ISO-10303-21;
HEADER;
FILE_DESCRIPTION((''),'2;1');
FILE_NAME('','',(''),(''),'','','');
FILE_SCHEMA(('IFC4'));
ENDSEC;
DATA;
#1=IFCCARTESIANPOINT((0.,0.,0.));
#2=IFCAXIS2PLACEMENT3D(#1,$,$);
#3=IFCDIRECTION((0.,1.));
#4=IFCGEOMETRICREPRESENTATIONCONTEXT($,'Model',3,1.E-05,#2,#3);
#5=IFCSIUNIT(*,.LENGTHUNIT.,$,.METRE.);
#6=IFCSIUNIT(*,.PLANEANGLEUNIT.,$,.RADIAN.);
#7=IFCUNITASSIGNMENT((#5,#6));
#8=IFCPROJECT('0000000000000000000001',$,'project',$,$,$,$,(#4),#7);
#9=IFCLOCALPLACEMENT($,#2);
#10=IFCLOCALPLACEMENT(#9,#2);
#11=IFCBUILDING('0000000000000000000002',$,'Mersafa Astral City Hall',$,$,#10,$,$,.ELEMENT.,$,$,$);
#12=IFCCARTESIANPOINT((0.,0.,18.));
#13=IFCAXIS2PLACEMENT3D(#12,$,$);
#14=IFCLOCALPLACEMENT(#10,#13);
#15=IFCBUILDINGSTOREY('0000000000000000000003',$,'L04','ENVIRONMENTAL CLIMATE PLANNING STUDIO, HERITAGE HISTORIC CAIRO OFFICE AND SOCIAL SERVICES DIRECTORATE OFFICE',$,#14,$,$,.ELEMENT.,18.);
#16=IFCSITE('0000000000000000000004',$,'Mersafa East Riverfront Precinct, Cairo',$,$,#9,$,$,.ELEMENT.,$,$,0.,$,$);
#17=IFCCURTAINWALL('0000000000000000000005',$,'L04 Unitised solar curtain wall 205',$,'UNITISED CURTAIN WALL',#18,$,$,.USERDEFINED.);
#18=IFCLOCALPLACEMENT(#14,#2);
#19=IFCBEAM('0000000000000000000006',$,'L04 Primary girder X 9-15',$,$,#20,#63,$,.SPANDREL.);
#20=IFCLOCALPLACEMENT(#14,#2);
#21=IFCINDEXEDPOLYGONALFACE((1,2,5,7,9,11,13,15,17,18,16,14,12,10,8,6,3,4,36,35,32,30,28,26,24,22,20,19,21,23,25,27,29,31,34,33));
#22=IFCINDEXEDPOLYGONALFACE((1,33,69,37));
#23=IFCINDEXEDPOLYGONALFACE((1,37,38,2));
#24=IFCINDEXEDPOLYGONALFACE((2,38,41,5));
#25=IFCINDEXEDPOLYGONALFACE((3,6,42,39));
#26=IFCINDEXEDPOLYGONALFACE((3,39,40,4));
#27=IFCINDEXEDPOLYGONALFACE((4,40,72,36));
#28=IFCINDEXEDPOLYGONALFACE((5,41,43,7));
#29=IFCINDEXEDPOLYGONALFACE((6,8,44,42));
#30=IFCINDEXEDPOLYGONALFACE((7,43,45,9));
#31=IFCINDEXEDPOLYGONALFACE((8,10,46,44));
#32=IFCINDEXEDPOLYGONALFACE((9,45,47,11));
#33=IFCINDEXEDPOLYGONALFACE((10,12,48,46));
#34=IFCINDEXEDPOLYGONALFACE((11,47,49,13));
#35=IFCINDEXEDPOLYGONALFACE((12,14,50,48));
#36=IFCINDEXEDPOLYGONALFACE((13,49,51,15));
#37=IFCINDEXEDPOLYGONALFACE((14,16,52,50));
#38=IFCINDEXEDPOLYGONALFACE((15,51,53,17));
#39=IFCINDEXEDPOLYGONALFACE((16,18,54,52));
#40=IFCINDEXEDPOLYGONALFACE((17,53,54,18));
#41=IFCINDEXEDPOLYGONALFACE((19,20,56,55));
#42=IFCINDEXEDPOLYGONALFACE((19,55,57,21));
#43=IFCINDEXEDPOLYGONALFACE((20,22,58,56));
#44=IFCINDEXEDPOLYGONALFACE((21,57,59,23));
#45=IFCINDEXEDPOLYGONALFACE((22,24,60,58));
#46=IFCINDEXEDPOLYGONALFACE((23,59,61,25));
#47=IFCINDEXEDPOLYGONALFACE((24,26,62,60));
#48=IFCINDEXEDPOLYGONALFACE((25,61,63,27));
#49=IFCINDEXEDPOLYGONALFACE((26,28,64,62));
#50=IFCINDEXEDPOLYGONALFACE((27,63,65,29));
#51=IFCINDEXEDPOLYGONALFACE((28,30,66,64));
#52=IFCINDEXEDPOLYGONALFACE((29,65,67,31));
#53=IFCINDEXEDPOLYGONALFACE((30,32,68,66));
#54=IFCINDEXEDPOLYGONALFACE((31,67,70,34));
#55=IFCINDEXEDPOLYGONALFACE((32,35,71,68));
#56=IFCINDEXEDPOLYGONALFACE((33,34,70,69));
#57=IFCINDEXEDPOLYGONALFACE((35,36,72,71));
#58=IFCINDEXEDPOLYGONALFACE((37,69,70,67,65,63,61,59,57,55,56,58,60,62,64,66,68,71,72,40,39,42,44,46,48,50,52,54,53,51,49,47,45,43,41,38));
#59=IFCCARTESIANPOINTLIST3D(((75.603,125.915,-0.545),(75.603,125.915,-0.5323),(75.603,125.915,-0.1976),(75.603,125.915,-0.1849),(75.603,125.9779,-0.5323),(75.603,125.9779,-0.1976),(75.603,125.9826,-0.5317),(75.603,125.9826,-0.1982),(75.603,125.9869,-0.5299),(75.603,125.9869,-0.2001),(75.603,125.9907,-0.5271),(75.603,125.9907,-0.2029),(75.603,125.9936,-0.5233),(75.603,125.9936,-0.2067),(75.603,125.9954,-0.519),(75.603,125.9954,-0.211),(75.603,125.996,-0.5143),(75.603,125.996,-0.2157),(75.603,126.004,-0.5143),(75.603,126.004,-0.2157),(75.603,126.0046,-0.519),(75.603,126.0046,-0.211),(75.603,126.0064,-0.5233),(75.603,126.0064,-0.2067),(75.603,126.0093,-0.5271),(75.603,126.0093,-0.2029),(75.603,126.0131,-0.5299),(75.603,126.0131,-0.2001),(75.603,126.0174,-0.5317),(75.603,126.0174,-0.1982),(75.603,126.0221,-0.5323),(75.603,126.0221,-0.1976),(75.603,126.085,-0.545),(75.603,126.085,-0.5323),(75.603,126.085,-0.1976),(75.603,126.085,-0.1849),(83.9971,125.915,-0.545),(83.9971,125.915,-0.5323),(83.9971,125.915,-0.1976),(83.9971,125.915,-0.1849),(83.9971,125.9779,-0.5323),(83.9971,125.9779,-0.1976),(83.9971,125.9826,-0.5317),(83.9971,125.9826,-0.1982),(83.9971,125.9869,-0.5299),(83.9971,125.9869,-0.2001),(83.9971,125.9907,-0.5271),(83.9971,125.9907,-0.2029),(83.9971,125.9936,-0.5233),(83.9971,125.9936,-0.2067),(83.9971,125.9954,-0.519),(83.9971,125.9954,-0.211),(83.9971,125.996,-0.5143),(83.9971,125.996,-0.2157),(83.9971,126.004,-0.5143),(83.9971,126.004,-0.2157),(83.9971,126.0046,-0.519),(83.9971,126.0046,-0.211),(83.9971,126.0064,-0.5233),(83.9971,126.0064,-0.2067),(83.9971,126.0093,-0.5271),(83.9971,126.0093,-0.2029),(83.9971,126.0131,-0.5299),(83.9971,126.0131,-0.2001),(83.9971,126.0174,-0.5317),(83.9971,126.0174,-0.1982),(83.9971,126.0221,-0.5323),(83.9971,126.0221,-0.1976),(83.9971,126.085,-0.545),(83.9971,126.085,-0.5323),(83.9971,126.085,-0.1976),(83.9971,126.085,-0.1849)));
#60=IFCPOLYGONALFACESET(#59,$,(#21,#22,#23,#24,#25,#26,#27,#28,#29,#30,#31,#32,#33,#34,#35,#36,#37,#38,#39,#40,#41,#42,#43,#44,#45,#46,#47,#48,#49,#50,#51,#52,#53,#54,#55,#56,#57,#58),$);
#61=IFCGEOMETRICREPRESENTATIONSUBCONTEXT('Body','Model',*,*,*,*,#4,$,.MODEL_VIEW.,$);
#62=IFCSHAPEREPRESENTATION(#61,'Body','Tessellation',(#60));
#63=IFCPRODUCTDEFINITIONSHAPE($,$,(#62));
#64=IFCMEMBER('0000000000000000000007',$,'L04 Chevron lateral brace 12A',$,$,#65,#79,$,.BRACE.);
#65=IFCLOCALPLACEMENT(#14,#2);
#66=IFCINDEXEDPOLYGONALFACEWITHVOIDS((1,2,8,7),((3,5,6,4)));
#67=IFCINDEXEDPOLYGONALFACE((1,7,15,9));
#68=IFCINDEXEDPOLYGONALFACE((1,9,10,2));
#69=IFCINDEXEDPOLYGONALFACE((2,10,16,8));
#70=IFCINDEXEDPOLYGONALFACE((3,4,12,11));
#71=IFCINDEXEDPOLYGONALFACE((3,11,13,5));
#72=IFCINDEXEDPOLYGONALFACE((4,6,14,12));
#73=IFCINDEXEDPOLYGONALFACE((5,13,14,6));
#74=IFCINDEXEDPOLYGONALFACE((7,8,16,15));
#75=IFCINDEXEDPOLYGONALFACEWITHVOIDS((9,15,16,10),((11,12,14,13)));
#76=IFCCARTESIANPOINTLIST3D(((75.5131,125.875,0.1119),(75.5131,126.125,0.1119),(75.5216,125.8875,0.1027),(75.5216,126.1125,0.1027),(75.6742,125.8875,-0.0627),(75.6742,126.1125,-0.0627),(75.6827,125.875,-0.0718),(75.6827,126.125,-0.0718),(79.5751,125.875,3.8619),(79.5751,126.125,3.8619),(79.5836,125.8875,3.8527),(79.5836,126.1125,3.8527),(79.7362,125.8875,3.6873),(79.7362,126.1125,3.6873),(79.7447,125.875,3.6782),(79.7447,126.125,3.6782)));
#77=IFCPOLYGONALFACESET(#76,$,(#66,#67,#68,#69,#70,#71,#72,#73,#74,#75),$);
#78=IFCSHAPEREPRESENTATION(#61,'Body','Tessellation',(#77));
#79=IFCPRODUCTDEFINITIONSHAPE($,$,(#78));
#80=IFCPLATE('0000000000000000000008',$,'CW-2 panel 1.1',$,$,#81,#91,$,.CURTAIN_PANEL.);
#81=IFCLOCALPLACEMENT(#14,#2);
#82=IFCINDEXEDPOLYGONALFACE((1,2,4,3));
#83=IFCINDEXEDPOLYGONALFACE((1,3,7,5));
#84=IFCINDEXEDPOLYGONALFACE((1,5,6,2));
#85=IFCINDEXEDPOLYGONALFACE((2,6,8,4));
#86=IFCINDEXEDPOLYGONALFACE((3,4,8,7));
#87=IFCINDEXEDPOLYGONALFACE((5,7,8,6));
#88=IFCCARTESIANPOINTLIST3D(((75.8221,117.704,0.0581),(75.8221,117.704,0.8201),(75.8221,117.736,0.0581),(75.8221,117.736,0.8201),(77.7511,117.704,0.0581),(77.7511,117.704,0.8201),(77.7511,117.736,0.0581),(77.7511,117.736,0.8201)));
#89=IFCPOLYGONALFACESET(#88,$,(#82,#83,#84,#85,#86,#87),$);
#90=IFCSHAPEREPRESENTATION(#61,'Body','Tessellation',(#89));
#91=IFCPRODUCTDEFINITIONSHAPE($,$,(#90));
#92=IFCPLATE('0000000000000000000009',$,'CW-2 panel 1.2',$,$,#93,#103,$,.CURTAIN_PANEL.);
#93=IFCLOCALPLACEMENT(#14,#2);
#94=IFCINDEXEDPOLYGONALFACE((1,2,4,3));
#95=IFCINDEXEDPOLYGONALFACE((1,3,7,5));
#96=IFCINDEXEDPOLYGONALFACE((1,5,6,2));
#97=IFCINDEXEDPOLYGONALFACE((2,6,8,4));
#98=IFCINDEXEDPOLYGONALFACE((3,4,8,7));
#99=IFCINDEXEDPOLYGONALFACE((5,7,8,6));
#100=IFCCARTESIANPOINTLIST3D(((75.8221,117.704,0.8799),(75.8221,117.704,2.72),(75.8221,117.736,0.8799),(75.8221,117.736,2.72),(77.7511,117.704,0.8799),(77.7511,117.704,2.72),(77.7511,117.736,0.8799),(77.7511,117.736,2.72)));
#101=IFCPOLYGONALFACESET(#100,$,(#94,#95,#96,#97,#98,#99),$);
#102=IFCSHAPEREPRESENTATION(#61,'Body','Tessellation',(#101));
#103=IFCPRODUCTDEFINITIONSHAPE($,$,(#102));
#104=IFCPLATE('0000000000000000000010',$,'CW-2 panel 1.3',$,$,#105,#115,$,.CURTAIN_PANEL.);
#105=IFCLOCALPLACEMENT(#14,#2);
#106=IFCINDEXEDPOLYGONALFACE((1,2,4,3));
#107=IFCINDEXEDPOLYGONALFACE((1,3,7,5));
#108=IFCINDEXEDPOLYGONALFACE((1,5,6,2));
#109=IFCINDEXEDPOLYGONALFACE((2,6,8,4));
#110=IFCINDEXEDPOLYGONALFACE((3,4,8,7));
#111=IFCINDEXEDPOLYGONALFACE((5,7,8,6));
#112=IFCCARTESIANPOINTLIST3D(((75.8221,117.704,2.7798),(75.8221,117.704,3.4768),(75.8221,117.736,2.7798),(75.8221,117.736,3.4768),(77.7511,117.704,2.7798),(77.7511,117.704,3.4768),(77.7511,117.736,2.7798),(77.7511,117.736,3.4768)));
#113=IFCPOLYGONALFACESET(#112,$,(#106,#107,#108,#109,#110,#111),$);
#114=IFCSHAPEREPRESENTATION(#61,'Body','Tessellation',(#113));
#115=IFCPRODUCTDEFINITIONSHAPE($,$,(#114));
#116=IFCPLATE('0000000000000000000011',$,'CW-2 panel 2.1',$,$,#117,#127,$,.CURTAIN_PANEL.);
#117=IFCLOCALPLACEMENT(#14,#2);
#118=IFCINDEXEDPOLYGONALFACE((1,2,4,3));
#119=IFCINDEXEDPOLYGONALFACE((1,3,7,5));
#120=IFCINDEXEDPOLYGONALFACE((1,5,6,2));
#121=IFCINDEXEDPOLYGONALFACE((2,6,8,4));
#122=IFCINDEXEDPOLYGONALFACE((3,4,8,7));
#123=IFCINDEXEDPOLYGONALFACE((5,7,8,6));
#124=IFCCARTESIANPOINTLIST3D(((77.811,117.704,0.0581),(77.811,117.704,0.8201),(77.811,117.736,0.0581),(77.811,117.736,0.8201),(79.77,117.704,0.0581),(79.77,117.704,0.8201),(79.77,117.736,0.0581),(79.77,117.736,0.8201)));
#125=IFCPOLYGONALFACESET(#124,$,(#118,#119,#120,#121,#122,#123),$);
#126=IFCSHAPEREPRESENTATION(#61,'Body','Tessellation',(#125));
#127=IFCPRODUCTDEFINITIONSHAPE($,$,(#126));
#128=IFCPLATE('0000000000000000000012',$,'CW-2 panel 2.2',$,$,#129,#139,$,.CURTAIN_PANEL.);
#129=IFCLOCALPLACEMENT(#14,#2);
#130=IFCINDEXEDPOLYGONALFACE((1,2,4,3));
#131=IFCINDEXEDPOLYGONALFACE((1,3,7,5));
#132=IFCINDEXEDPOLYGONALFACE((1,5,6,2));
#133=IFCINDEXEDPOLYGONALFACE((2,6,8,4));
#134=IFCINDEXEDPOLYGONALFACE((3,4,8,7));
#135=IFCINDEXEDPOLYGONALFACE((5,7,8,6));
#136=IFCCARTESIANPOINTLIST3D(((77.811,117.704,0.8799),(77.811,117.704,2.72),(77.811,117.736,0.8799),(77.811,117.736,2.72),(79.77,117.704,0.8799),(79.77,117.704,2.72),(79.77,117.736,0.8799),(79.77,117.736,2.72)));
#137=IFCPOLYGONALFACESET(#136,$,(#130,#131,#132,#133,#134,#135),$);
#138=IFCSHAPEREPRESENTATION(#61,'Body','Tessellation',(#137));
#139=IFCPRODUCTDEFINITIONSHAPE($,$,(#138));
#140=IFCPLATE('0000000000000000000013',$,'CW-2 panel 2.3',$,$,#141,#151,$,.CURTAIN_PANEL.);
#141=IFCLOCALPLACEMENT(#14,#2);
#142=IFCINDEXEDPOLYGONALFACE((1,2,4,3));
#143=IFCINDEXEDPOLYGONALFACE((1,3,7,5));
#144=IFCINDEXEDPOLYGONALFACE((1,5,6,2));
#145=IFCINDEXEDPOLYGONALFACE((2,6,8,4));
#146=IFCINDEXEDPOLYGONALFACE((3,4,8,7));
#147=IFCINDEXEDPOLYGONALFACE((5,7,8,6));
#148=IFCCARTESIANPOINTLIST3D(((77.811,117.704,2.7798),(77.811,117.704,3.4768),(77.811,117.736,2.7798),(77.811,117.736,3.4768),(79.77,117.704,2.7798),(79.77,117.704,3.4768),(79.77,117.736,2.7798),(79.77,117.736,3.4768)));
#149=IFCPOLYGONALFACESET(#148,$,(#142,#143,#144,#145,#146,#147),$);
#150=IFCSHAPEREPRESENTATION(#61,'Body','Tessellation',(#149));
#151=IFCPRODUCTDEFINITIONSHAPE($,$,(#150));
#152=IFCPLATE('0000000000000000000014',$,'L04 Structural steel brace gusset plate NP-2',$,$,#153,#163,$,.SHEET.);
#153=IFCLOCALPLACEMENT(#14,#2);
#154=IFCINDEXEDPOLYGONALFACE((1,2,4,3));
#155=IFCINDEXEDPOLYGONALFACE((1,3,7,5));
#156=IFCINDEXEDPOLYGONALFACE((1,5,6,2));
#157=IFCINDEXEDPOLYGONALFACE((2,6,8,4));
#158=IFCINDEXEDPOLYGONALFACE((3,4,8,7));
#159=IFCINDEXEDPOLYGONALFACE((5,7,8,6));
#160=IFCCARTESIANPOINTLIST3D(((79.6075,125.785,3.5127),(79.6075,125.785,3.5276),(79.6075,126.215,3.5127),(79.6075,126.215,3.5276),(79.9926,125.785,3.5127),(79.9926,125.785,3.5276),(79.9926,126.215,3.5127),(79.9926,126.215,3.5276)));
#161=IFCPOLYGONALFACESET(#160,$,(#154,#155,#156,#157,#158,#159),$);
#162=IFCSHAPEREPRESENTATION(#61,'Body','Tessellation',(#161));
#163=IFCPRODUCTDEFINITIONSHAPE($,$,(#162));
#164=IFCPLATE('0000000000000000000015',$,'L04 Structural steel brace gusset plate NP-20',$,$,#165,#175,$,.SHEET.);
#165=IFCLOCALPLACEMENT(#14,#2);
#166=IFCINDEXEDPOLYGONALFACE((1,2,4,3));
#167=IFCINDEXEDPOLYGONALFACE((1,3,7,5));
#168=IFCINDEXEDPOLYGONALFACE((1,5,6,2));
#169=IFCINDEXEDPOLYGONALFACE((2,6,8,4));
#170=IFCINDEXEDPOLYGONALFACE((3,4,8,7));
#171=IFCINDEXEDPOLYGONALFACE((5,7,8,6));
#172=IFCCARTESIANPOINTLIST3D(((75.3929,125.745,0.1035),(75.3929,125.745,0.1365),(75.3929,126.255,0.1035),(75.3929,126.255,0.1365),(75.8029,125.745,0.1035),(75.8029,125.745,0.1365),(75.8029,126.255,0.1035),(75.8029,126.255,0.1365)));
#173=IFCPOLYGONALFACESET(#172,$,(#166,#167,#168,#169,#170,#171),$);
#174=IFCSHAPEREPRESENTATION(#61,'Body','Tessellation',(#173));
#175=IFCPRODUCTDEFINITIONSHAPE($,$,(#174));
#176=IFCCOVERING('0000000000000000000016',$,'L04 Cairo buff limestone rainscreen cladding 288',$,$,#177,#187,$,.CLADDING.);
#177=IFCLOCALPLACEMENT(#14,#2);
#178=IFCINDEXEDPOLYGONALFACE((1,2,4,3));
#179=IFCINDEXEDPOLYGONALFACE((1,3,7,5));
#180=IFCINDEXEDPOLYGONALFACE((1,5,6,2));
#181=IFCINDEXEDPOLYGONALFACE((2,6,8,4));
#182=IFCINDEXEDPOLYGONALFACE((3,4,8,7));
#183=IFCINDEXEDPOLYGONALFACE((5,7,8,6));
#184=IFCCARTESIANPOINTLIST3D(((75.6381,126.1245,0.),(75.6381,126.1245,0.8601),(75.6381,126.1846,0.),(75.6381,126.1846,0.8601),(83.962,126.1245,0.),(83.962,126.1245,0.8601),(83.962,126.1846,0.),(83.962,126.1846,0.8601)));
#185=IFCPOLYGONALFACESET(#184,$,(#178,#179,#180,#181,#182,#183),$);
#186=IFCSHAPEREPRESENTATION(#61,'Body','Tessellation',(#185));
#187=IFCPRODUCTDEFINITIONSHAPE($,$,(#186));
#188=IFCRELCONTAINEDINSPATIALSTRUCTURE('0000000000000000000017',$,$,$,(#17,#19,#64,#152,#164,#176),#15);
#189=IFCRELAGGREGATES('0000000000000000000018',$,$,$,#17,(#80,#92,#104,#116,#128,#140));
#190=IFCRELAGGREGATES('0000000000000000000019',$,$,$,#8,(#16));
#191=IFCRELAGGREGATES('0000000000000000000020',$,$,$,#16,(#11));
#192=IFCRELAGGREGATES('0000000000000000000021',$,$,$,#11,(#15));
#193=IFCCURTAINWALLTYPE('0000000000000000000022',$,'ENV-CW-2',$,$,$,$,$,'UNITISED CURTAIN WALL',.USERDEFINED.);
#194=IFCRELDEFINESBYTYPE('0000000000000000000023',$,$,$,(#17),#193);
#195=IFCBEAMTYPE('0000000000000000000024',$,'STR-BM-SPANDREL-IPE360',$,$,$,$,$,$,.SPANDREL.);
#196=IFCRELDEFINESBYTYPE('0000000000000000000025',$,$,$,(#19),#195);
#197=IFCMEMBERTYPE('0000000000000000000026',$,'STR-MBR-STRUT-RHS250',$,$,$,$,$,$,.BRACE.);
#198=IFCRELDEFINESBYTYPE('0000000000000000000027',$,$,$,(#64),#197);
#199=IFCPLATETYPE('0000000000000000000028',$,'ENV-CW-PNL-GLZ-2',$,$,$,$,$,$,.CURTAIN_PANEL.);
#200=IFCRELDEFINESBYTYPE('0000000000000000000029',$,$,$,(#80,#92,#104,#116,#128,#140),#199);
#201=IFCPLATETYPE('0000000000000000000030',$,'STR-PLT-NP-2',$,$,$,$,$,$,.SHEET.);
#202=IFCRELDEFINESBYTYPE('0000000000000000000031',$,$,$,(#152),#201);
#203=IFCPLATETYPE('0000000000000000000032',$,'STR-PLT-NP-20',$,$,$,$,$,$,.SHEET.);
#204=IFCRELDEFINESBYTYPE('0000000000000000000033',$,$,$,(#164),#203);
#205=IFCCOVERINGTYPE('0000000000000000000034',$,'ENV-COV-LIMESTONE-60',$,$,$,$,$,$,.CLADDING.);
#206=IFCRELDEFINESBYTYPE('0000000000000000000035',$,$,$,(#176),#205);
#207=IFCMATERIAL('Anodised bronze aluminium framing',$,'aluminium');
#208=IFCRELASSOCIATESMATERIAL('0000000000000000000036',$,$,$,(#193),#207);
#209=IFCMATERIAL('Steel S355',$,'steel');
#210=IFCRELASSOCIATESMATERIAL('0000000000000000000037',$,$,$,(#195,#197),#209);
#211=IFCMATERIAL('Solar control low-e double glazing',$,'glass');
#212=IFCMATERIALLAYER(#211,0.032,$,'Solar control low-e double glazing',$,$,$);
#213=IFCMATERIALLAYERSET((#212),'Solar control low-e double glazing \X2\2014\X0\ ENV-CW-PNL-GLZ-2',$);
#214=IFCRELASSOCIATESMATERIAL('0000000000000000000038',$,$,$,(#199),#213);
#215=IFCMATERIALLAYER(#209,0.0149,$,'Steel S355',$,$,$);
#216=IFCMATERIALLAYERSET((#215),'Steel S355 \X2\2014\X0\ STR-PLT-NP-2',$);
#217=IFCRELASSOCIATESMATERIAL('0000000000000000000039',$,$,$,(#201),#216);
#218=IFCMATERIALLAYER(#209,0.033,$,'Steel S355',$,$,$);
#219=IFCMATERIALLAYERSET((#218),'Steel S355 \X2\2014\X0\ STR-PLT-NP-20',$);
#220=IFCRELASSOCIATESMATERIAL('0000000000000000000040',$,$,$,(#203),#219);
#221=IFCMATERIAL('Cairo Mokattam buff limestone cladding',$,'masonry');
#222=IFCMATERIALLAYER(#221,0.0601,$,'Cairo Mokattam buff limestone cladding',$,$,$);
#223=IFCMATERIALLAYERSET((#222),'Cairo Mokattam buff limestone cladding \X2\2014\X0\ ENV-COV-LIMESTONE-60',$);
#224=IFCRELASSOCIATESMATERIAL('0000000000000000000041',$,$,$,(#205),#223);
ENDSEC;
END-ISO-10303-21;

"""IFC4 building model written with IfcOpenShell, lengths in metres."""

from ifc_helpers import new_model, si_unit, direction, frame, origin, origin_2d, place, context, subcontext, project, spatial, rectangle, hollow_rectangle, i_section, extrude, material, layer, layer_set, material_profile, profile_set, type_object, element, aggregate, save


model = new_model("IFC4")

# Units and contexts
model_context = context("Model", 3, precision=1e-05, world=origin(), true_north=direction((0.0, 1.0)))
body_context = subcontext(model_context, "Body", "Model", "MODEL_VIEW")
ifc_project = project(units=[si_unit("LENGTHUNIT", "METRE"), si_unit("PLANEANGLEUNIT", "RADIAN")], contexts=[model_context])

# Site, building, storey
site_placement = place(None, origin())
site = spatial("IfcSite", under=ifc_project, at=site_placement, Name="Mersafa East Riverfront Precinct, Cairo", CompositionType="ELEMENT", RefElevation=0.0)
building_placement = place(site_placement, origin())
building = spatial("IfcBuilding", under=site, at=building_placement, Name="Mersafa Astral City Hall", CompositionType="ELEMENT")
storey_placement = place(building_placement, frame((0.0, 0.0, 18.0)))
storey = spatial("IfcBuildingStorey", under=building, at=storey_placement, Name="L04", Description="ENVIRONMENTAL CLIMATE PLANNING STUDIO, HERITAGE HISTORIC CAIRO OFFICE AND SOCIAL SERVICES DIRECTORATE OFFICE", CompositionType="ELEMENT", Elevation=18.0)

# Shared definitions
ifc_material_1 = material(Name="Steel S355", Category="steel")

# Curtain wall
ifc_material_2 = material(Name="Anodised bronze aluminium framing", Category="aluminium")
curtain_wall_type = type_object("IfcCurtainWallType", Name="ENV-CW-2", ElementType="UNITISED CURTAIN WALL", PredefinedType="USERDEFINED", material=ifc_material_2)
curtain_wall_placement = place(storey_placement, origin())
curtain_wall = element("IfcCurtainWall", 1, at=curtain_wall_placement, inside=storey, type_object=curtain_wall_type, Name="L04 Unitised solar curtain wall 205", ObjectType="UNITISED CURTAIN WALL", PredefinedType="USERDEFINED")

# Beam
ifc_material_profile_1 = material_profile(ifc_material_1, i_section(OverallWidth=0.1699, OverallDepth=0.3601, WebThickness=0.0081, FlangeThickness=0.0127, FilletRadius=0.0181, at=origin_2d()), Name="IPE 360")
ifc_profile_set_1 = profile_set([ifc_material_profile_1], Name="Steel S355")
beam_type_1 = type_object("IfcBeamType", Name="STR-BM-SPANDREL-IPE360", PredefinedType="SPANDREL", material=ifc_profile_set_1)
beam_1_placement = place(storey_placement, frame((75.603, 126.0, -0.365), z_axis=(1.0, 0.0, 0.0), x_axis=(0.0, 1.0, 0.0)))
element("IfcBeam", 2, at=beam_1_placement, inside=storey, type_object=beam_type_1, Name="L04 Primary girder X 9-15", PredefinedType="SPANDREL", context=body_context, shape_type="SweptSolid", body=[
    extrude(i_section(OverallWidth=0.1699, OverallDepth=0.3601, WebThickness=0.0081, FlangeThickness=0.0127, FilletRadius=0.0181, at=origin_2d()), origin(), (0.0, 0.0, 1.0), 8.394),
])

# Member
ifc_material_profile_2 = material_profile(ifc_material_1, hollow_rectangle(XDim=0.25, YDim=0.25, WallThickness=0.0125, at=origin_2d()), Name="RHS 250x250x12.5")
ifc_profile_set_2 = profile_set([ifc_material_profile_2], Name="Steel S355")
member_type_1 = type_object("IfcMemberType", Name="STR-MBR-STRUT-RHS250", PredefinedType="BRACE", material=ifc_profile_set_2)
member_1_placement = place(storey_placement, frame((75.5979, 126.0, 0.02), z_axis=(0.734763, 0.0, 0.678324), x_axis=(0.0, 1.0, 0.0)))
element("IfcMember", 3, at=member_1_placement, inside=storey, type_object=member_type_1, Name="L04 Chevron lateral brace 12A", PredefinedType="BRACE", context=body_context, shape_type="SweptSolid", body=[
    extrude(hollow_rectangle(XDim=0.25, YDim=0.25, WallThickness=0.0125, at=origin_2d()), origin(), (0.0, 0.0, 1.0), 5.5283),
])

# Plates
ifc_material_3 = material(Name="Solar control low-e double glazing", Category="glass")
ifc_layer_1 = layer(ifc_material_3, 0.032, Name="Solar control low-e double glazing")
ifc_layer_set_1 = layer_set([ifc_layer_1], Name="Solar control low-e double glazing — ENV-CW-PNL-GLZ-2")
plate_type_1 = type_object("IfcPlateType", Name="ENV-CW-PNL-GLZ-2", PredefinedType="CURTAIN_PANEL", material=ifc_layer_set_1)
plate_1_placement = place(storey_placement, frame((76.7866, 117.72, 0.0581), z_axis=(0.0, 0.0, 1.0), x_axis=(1.0, 0.0, 0.0)))
plate_1 = element("IfcPlate", 4, at=plate_1_placement, type_object=plate_type_1, Name="CW-2 panel 1.1", PredefinedType="CURTAIN_PANEL", context=body_context, shape_type="SweptSolid", body=[
    extrude(rectangle(XDim=1.929, YDim=0.032, at=origin_2d()), origin(), (0.0, 0.0, 1.0), 0.762),
])
plate_2_placement = place(storey_placement, frame((76.7866, 117.72, 0.8799), z_axis=(0.0, 0.0, 1.0), x_axis=(1.0, 0.0, 0.0)))
plate_2 = element("IfcPlate", 5, at=plate_2_placement, type_object=plate_type_1, Name="CW-2 panel 1.2", PredefinedType="CURTAIN_PANEL", context=body_context, shape_type="SweptSolid", body=[
    extrude(rectangle(XDim=1.929, YDim=0.032, at=origin_2d()), origin(), (0.0, 0.0, 1.0), 1.8401),
])
plate_3_placement = place(storey_placement, frame((76.7866, 117.72, 2.7798), z_axis=(0.0, 0.0, 1.0), x_axis=(1.0, 0.0, 0.0)))
plate_3 = element("IfcPlate", 6, at=plate_3_placement, type_object=plate_type_1, Name="CW-2 panel 1.3", PredefinedType="CURTAIN_PANEL", context=body_context, shape_type="SweptSolid", body=[
    extrude(rectangle(XDim=1.929, YDim=0.032, at=origin_2d()), origin(), (0.0, 0.0, 1.0), 0.697),
])
plate_4_placement = place(storey_placement, frame((78.7905, 117.72, 0.0581), z_axis=(0.0, 0.0, 1.0), x_axis=(1.0, 0.0, 0.0)))
plate_4 = element("IfcPlate", 7, at=plate_4_placement, type_object=plate_type_1, Name="CW-2 panel 2.1", PredefinedType="CURTAIN_PANEL", context=body_context, shape_type="SweptSolid", body=[
    extrude(rectangle(XDim=1.959, YDim=0.032, at=origin_2d()), origin(), (0.0, 0.0, 1.0), 0.762),
])
plate_5_placement = place(storey_placement, frame((78.7905, 117.72, 0.8799), z_axis=(0.0, 0.0, 1.0), x_axis=(1.0, 0.0, 0.0)))
plate_5 = element("IfcPlate", 8, at=plate_5_placement, type_object=plate_type_1, Name="CW-2 panel 2.2", PredefinedType="CURTAIN_PANEL", context=body_context, shape_type="SweptSolid", body=[
    extrude(rectangle(XDim=1.959, YDim=0.032, at=origin_2d()), origin(), (0.0, 0.0, 1.0), 1.8401),
])
plate_6_placement = place(storey_placement, frame((78.7905, 117.72, 2.7798), z_axis=(0.0, 0.0, 1.0), x_axis=(1.0, 0.0, 0.0)))
plate_6 = element("IfcPlate", 9, at=plate_6_placement, type_object=plate_type_1, Name="CW-2 panel 2.3", PredefinedType="CURTAIN_PANEL", context=body_context, shape_type="SweptSolid", body=[
    extrude(rectangle(XDim=1.959, YDim=0.032, at=origin_2d()), origin(), (0.0, 0.0, 1.0), 0.697),
])
aggregate(curtain_wall, [plate_1, plate_2, plate_3, plate_4, plate_5, plate_6])

# Plates
ifc_layer_2 = layer(ifc_material_1, 0.0149, Name="Steel S355")
ifc_layer_set_2 = layer_set([ifc_layer_2], Name="Steel S355 — STR-PLT-NP-2")
plate_type_2 = type_object("IfcPlateType", Name="STR-PLT-NP-2", PredefinedType="SHEET", material=ifc_layer_set_2)
plate_7_placement = place(storey_placement, frame((79.8, 126.0, 3.5127), z_axis=(0.0, 0.0, 1.0), x_axis=(1.0, 0.0, 0.0)))
element("IfcPlate", 10, at=plate_7_placement, inside=storey, type_object=plate_type_2, Name="L04 Structural steel brace gusset plate NP-2", PredefinedType="SHEET", context=body_context, shape_type="SweptSolid", body=[
    extrude(rectangle(XDim=0.385, YDim=0.4299, at=origin_2d()), origin(), (0.0, 0.0, 1.0), 0.0149),
])
ifc_layer_3 = layer(ifc_material_1, 0.033, Name="Steel S355")
ifc_layer_set_3 = layer_set([ifc_layer_3], Name="Steel S355 — STR-PLT-NP-20")
plate_type_3 = type_object("IfcPlateType", Name="STR-PLT-NP-20", PredefinedType="SHEET", material=ifc_layer_set_3)
plate_8_placement = place(storey_placement, frame((75.5979, 126.0, 0.1035), z_axis=(0.0, 0.0, 1.0), x_axis=(1.0, 0.0, 0.0)))
element("IfcPlate", 11, at=plate_8_placement, inside=storey, type_object=plate_type_3, Name="L04 Structural steel brace gusset plate NP-20", PredefinedType="SHEET", context=body_context, shape_type="SweptSolid", body=[
    extrude(rectangle(XDim=0.4099, YDim=0.51, at=origin_2d()), origin(), (0.0, 0.0, 1.0), 0.033),
])

# Covering
ifc_material_4 = material(Name="Cairo Mokattam buff limestone cladding", Category="masonry")
ifc_layer_4 = layer(ifc_material_4, 0.0601, Name="Cairo Mokattam buff limestone cladding")
ifc_layer_set_4 = layer_set([ifc_layer_4], Name="Cairo Mokattam buff limestone cladding — ENV-COV-LIMESTONE-60")
covering_type = type_object("IfcCoveringType", Name="ENV-COV-LIMESTONE-60", PredefinedType="CLADDING", material=ifc_layer_set_4)
covering_placement = place(storey_placement, frame((79.8, 126.1545, 0.0), z_axis=(0.0, 0.0, 1.0), x_axis=(-1.0, 0.0, 0.0)))
element("IfcCovering", 12, at=covering_placement, inside=storey, type_object=covering_type, Name="L04 Cairo buff limestone rainscreen cladding 288", PredefinedType="CLADDING", context=body_context, shape_type="SweptSolid", body=[
    extrude(rectangle(XDim=8.324, YDim=0.0601, at=origin_2d()), origin(), (0.0, 0.0, 1.0), 0.8601),
])

save(model, "model.ifc")
